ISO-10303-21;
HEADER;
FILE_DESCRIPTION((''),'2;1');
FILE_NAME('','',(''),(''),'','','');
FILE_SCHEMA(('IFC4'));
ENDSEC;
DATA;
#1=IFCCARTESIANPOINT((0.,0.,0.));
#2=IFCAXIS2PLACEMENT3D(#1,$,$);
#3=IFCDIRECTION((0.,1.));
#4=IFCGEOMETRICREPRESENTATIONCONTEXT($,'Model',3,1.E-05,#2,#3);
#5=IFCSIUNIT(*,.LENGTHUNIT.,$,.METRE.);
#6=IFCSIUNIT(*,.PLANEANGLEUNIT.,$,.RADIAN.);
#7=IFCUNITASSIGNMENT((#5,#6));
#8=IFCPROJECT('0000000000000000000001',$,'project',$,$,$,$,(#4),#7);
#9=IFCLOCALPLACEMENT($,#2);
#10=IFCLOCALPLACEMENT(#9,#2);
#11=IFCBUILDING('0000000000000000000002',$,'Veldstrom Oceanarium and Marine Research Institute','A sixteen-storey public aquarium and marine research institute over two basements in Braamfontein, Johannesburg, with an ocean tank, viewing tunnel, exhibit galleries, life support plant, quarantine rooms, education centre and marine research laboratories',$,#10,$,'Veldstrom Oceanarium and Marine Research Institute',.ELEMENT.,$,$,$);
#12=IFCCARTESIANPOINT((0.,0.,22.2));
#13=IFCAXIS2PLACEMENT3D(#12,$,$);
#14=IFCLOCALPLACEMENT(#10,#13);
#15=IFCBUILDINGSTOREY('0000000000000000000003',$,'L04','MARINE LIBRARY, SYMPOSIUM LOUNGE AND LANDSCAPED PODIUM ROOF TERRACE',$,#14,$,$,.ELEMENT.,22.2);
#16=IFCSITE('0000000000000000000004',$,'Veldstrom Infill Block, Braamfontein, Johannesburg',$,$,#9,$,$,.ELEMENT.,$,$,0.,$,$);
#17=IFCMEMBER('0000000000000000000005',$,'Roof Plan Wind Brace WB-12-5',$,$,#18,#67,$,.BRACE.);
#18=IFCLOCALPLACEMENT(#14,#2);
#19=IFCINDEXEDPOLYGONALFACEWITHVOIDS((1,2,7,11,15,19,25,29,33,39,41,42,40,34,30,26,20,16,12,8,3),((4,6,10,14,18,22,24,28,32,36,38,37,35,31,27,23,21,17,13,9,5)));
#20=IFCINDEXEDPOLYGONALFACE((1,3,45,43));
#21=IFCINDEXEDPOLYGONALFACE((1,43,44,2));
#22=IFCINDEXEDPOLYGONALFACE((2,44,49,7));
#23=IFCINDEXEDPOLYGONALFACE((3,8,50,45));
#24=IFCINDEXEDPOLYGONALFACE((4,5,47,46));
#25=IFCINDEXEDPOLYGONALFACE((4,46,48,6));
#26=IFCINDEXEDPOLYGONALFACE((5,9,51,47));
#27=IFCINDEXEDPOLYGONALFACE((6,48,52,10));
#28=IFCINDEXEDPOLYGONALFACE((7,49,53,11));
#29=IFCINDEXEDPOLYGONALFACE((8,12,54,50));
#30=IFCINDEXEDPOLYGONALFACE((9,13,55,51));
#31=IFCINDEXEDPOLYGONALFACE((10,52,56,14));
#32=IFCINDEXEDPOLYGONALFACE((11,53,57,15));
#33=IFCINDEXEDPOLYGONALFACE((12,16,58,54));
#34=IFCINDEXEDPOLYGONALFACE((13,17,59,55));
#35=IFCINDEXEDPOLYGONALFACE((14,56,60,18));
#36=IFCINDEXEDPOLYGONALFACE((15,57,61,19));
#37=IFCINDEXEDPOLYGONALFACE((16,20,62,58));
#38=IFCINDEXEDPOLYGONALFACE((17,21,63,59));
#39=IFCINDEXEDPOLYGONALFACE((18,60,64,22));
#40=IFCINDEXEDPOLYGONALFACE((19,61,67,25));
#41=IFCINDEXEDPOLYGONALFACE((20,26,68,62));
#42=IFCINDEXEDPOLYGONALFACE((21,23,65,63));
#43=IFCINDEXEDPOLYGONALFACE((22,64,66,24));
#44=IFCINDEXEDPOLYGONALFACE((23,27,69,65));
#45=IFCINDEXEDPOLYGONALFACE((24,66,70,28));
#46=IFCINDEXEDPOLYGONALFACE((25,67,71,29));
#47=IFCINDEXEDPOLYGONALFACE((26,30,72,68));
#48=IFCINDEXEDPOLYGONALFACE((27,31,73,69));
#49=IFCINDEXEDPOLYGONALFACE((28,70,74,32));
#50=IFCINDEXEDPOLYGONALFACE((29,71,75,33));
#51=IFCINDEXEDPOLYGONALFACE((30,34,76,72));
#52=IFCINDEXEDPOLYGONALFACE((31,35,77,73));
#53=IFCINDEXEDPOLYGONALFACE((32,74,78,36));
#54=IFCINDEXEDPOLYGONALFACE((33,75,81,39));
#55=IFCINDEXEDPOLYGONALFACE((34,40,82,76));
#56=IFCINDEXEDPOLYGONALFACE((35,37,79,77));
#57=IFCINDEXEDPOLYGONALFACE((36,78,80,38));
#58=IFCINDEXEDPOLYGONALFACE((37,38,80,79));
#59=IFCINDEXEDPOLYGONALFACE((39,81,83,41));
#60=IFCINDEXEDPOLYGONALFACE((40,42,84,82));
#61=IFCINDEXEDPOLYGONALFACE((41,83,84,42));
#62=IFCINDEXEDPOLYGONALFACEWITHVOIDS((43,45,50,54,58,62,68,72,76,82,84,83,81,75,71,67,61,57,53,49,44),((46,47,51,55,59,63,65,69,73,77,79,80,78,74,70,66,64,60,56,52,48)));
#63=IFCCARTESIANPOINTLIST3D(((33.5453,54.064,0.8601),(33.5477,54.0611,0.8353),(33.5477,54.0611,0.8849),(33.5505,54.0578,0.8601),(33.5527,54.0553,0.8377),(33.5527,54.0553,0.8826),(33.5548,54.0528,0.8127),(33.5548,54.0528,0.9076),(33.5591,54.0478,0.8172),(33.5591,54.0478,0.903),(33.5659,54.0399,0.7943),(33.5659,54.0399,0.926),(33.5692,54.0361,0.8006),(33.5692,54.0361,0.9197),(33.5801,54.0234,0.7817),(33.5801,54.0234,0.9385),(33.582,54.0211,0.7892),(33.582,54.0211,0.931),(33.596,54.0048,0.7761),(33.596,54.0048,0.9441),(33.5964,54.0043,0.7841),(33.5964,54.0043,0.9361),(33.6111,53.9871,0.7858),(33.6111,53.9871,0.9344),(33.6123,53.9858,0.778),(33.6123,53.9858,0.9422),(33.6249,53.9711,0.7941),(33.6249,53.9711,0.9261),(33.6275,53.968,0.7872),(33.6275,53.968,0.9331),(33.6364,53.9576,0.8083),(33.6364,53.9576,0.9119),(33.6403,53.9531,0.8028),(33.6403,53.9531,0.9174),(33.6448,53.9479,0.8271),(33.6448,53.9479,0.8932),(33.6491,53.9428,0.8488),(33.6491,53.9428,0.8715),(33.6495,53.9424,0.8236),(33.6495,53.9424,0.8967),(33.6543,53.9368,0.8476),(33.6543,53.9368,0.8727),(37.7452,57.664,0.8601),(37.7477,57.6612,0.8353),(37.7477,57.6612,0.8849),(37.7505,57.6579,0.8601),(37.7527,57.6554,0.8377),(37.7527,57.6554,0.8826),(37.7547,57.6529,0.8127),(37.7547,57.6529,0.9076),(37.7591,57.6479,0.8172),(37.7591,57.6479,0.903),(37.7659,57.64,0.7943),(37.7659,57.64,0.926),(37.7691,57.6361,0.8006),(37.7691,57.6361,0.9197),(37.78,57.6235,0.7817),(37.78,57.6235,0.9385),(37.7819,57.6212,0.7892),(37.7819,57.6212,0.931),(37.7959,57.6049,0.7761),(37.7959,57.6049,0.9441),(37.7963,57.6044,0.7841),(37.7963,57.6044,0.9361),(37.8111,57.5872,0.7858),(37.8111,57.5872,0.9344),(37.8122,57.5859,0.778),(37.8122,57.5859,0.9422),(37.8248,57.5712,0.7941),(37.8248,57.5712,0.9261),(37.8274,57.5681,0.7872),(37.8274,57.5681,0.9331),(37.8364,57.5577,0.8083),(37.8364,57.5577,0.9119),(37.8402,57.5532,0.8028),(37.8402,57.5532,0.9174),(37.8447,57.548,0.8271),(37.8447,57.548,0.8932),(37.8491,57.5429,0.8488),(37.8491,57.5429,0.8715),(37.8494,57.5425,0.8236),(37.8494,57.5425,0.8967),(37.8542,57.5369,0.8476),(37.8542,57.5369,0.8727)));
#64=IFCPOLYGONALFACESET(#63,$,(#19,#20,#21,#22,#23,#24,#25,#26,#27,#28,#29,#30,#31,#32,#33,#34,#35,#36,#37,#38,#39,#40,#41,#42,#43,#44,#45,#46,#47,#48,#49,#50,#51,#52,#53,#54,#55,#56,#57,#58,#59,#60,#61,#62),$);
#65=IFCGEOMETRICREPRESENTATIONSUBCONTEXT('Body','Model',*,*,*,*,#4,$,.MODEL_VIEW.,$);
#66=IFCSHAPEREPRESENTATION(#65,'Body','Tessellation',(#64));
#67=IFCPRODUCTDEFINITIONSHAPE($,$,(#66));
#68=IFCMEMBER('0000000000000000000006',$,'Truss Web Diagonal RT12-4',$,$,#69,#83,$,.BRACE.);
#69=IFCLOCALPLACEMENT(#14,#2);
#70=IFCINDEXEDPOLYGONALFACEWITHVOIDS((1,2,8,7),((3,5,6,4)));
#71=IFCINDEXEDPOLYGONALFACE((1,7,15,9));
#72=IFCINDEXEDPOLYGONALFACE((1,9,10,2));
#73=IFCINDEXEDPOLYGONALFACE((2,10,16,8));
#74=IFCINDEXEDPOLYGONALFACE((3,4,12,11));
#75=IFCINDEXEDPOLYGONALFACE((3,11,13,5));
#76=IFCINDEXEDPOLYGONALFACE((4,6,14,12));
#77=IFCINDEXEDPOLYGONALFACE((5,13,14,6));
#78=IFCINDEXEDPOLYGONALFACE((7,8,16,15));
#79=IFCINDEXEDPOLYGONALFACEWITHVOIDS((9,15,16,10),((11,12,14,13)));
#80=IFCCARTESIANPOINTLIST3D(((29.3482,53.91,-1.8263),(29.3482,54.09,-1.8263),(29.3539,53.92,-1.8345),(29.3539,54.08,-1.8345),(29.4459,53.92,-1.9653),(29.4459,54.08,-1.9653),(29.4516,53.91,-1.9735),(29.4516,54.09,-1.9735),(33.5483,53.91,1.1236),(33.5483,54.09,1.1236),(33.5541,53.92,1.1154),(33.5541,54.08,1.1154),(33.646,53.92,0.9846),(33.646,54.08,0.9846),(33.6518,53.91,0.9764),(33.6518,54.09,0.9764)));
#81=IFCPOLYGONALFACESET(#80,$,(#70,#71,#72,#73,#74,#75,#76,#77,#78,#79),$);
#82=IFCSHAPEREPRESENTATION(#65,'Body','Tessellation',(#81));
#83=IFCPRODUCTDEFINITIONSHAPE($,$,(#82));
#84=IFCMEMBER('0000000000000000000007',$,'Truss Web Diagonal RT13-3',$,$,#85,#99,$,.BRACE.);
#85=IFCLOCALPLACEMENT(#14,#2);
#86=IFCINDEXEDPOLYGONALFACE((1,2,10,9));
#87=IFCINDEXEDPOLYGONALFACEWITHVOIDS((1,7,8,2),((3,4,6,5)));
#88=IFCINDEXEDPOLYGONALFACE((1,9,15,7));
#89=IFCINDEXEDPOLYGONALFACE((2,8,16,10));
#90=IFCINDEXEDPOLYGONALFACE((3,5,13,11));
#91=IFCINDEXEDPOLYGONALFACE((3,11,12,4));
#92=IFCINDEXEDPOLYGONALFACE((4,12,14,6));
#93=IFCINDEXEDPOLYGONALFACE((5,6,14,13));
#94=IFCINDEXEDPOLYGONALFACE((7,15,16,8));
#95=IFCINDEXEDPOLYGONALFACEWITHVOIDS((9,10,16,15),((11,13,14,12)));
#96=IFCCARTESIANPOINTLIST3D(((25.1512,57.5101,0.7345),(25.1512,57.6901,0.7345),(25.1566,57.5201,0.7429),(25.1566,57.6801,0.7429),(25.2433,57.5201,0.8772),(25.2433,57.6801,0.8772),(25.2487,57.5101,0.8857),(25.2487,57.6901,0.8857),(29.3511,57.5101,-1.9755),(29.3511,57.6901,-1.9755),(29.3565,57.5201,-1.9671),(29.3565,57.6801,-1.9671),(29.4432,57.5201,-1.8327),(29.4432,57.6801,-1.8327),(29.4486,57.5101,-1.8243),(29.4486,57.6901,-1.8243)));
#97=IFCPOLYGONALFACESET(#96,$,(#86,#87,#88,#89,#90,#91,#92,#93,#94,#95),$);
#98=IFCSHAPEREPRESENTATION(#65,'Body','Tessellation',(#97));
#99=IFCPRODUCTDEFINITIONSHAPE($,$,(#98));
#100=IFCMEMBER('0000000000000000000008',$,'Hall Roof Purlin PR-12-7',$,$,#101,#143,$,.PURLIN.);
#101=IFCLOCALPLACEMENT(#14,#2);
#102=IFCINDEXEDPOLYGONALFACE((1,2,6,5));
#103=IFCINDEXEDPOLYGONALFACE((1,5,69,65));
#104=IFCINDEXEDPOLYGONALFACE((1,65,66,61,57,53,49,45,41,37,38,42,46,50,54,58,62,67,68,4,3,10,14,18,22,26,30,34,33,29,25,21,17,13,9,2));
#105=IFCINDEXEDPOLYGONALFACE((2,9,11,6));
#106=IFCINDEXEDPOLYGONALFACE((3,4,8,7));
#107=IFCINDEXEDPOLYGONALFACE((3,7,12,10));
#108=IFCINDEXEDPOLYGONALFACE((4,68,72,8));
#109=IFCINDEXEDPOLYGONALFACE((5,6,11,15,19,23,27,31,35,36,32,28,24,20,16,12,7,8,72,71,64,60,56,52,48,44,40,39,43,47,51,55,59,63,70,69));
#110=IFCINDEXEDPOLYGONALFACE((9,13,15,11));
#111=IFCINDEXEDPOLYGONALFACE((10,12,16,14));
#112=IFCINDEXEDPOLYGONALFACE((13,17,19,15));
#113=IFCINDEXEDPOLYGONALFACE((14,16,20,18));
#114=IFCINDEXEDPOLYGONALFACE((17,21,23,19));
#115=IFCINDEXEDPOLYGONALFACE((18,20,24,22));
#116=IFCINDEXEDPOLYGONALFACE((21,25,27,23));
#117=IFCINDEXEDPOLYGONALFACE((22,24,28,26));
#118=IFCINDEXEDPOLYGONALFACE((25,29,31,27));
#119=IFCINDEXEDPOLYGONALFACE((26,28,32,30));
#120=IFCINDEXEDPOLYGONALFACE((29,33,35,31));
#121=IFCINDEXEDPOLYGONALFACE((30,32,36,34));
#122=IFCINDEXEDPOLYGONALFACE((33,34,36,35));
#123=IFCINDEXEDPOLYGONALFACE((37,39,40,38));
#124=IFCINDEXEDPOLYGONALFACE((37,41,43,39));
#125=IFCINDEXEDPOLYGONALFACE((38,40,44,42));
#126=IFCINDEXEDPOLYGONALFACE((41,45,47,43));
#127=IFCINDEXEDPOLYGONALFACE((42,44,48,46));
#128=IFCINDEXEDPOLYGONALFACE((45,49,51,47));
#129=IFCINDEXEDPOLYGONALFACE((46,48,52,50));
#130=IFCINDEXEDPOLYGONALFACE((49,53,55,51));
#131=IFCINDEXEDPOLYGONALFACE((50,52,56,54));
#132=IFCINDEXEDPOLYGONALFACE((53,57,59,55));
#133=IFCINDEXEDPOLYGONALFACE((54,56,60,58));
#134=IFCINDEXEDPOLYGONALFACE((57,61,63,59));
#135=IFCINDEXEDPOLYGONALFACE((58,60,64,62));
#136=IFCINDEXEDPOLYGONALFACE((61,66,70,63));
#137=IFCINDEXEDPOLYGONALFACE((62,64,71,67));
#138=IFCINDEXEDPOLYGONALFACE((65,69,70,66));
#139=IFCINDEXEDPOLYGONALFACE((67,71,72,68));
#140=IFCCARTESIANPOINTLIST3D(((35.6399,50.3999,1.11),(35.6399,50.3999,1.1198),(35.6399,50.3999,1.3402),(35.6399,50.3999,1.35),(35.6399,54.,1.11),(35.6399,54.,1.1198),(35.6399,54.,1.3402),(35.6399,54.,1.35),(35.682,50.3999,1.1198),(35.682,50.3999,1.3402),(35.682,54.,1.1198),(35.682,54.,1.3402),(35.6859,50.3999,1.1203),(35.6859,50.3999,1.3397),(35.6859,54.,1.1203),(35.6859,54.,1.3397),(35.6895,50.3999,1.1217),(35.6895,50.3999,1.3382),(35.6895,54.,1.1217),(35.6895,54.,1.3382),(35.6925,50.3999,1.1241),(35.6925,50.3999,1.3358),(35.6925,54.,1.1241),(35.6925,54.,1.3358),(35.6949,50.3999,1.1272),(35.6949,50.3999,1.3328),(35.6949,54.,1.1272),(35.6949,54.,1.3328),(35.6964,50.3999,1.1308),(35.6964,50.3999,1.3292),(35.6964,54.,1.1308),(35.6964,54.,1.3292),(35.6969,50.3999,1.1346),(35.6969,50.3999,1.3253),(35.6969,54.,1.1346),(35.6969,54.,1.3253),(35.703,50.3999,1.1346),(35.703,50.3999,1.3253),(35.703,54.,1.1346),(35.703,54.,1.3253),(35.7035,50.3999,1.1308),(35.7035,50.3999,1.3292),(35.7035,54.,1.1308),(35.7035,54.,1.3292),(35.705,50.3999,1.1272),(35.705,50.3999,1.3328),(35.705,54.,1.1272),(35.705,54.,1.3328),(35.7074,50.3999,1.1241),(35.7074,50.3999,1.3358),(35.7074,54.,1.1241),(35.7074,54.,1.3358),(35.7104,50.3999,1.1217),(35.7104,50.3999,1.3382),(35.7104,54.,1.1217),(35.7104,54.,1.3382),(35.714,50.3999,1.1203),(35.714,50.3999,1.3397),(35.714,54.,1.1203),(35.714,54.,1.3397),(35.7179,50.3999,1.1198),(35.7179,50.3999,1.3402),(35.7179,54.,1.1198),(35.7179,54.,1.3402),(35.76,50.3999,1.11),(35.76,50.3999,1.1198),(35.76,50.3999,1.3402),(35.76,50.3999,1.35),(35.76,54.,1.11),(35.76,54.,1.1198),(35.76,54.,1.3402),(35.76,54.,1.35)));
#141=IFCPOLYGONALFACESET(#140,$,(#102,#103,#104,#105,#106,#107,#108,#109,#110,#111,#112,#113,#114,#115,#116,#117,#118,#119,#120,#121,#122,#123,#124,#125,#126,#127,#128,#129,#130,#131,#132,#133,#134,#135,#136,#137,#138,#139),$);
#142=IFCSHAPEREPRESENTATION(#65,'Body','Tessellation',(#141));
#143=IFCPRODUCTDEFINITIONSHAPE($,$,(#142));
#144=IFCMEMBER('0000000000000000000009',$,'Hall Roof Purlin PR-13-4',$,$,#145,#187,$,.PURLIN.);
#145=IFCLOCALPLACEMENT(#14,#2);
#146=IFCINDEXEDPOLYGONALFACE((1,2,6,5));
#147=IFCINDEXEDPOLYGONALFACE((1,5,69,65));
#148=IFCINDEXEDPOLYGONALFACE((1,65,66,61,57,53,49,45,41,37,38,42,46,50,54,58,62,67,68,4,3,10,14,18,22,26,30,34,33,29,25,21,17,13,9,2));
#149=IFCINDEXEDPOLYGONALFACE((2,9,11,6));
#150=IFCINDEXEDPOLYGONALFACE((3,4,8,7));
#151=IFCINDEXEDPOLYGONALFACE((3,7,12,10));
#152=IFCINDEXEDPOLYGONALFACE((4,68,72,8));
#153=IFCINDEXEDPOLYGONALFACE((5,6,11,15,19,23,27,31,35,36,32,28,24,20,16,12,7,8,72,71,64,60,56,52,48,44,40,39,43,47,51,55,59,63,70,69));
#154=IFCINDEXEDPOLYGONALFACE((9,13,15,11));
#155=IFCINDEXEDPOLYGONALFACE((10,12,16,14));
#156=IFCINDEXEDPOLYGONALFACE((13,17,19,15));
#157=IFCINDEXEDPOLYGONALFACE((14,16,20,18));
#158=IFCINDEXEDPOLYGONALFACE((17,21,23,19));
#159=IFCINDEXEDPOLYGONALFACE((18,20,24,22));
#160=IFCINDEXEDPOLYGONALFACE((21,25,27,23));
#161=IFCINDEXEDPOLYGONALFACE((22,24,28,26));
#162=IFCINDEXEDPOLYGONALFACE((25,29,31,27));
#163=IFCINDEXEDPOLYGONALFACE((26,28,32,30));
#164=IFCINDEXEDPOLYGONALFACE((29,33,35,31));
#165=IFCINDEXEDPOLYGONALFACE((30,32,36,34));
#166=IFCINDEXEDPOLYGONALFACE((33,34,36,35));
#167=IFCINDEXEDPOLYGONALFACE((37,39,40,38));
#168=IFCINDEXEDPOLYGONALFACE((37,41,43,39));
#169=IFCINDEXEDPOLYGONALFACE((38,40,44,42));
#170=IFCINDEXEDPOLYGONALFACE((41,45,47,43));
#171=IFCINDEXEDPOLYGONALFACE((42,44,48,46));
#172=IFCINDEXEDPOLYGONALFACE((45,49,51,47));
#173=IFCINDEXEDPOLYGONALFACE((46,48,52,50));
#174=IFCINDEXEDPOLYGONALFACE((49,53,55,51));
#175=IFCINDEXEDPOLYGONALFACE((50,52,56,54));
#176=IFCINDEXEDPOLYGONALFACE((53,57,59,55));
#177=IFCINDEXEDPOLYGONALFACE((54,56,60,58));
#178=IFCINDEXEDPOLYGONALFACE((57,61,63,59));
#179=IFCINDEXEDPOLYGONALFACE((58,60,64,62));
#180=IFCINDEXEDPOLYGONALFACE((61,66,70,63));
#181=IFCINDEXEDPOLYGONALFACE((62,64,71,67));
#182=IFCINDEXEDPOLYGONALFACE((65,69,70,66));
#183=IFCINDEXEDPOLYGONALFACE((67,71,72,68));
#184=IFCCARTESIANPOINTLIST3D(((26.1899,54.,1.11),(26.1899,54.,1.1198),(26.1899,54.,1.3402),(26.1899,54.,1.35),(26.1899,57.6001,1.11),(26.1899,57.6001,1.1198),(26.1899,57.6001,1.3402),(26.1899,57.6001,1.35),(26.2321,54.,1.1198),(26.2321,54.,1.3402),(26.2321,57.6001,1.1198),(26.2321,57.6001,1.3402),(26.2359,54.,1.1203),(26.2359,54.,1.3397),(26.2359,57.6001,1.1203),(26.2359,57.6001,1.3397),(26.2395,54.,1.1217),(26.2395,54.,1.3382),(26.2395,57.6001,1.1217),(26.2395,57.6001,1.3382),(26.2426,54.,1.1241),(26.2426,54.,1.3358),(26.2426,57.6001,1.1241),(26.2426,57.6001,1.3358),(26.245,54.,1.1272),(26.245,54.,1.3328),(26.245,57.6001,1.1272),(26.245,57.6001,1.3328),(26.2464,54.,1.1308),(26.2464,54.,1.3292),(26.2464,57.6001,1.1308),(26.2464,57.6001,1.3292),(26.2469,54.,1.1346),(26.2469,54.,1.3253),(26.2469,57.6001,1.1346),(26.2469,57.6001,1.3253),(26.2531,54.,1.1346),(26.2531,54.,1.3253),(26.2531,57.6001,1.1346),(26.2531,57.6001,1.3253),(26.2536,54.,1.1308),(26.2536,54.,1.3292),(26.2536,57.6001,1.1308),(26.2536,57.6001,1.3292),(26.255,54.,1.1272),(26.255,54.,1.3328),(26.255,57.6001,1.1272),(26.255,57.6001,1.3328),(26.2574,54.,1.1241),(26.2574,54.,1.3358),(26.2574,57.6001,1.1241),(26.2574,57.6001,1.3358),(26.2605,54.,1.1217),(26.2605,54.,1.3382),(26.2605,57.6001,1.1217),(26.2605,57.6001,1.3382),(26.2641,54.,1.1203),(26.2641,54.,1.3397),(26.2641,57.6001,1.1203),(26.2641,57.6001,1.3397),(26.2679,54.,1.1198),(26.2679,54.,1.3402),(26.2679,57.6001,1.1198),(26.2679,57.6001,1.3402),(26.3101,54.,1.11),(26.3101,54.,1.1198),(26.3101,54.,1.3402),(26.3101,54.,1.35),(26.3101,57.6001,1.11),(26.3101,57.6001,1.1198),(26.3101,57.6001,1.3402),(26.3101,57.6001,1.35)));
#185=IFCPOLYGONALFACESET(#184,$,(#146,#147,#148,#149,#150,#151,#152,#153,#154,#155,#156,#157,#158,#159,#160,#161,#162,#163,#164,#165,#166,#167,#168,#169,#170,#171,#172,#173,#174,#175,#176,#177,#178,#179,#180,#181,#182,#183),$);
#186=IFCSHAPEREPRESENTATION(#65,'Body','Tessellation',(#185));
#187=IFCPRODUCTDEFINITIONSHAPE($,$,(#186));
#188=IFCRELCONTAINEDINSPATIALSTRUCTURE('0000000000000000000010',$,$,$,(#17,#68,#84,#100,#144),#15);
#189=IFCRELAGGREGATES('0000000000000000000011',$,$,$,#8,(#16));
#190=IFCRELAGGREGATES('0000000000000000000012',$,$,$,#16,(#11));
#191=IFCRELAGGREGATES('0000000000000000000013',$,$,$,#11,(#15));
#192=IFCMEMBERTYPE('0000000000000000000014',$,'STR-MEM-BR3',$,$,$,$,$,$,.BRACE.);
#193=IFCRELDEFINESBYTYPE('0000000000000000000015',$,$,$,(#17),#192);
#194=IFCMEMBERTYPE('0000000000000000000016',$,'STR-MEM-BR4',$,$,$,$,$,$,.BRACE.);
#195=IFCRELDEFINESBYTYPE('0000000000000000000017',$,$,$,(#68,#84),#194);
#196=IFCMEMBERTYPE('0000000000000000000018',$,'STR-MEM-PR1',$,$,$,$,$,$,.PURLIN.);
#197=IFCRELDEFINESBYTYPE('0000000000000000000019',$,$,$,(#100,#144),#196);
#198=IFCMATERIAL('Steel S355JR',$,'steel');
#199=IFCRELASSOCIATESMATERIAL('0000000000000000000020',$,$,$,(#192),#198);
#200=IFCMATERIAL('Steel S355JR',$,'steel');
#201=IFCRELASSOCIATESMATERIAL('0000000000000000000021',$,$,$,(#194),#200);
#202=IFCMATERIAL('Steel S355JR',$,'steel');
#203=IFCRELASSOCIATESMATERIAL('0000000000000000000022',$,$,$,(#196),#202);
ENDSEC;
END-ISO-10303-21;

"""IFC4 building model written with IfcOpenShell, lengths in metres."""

from ifc_helpers import new_model, si_unit, direction, frame, origin, origin_2d, place, context, subcontext, project, spatial, hollow_rectangle, hollow_circle, i_section, extrude, material, material_profile, profile_set, type_object, element, save


model = new_model("IFC4")

# Units and contexts
model_context = context("Model", 3, precision=1e-05, world=origin(), true_north=direction((0.0, 1.0)))
body_context = subcontext(model_context, "Body", "Model", "MODEL_VIEW")
ifc_project = project(units=[si_unit("LENGTHUNIT", "METRE"), si_unit("PLANEANGLEUNIT", "RADIAN")], contexts=[model_context])

# Site, building, storey
site_placement = place(None, origin())
site = spatial("IfcSite", under=ifc_project, at=site_placement, Name="Veldstrom Infill Block, Braamfontein, Johannesburg", CompositionType="ELEMENT", RefElevation=0.0)
building_placement = place(site_placement, origin())
building = spatial("IfcBuilding", under=site, at=building_placement, Name="Veldstrom Oceanarium and Marine Research Institute", Description="A sixteen-storey public aquarium and marine research institute over two basements in Braamfontein, Johannesburg, with an ocean tank, viewing tunnel, exhibit galleries, life support plant, quarantine rooms, education centre and marine research laboratories", LongName="Veldstrom Oceanarium and Marine Research Institute", CompositionType="ELEMENT")
storey_placement = place(building_placement, frame((0.0, 0.0, 22.2)))
storey = spatial("IfcBuildingStorey", under=building, at=storey_placement, Name="L04", Description="MARINE LIBRARY, SYMPOSIUM LOUNGE AND LANDSCAPED PODIUM ROOF TERRACE", CompositionType="ELEMENT", Elevation=22.2)

# Members
ifc_material_1 = material(Name="Steel S355JR", Category="steel")
ifc_material_profile_1 = material_profile(ifc_material_1, hollow_circle(Radius=0.0842, WallThickness=0.0081, at=origin_2d()), Name="CHS 168.3x8")
ifc_profile_set_1 = profile_set([ifc_material_profile_1], Name="Steel S355JR")
member_type_1 = type_object("IfcMemberType", Name="STR-MEM-BR3", PredefinedType="BRACE", material=ifc_profile_set_1)
member_1_placement = place(storey_placement, frame((33.6001, 54.0, 0.8601), z_axis=(0.759244, 0.650806, 0.0), x_axis=(-0.650806, 0.759244, 0.0)))
element("IfcMember", 1, at=member_1_placement, inside=storey, type_object=member_type_1, Name="Roof Plan Wind Brace WB-12-5", PredefinedType="BRACE", context=body_context, shape_type="SweptSolid", body=[
    extrude(hollow_circle(Radius=0.0842, WallThickness=0.0081, at=origin_2d()), origin(), (0.0, 0.0, 1.0), 5.5317),
])
ifc_material_2 = material(Name="Steel S355JR", Category="steel")
ifc_material_profile_2 = material_profile(ifc_material_2, hollow_rectangle(XDim=0.1799, YDim=0.1799, WallThickness=0.01, at=origin_2d()), Name="SHS 180x180x10")
ifc_profile_set_2 = profile_set([ifc_material_profile_2], Name="Steel S355JR")
member_type_2 = type_object("IfcMemberType", Name="STR-MEM-BR4", PredefinedType="BRACE", material=ifc_profile_set_2)
member_2_placement = place(storey_placement, frame((29.3999, 54.0, -1.8999), z_axis=(0.818333, 0.0, 0.574745), x_axis=(0.0, 1.0, 0.0)))
element("IfcMember", 2, at=member_2_placement, inside=storey, type_object=member_type_2, Name="Truss Web Diagonal RT12-4", PredefinedType="BRACE", context=body_context, shape_type="SweptSolid", body=[
    extrude(hollow_rectangle(XDim=0.1799, YDim=0.1799, WallThickness=0.01, at=origin_2d()), origin(), (0.0, 0.0, 1.0), 5.1326),
])
member_3_placement = place(storey_placement, frame((25.2, 57.6001, 0.8101), z_axis=(0.840268, 0.0, -0.542171), x_axis=(0.0, 1.0, 0.0)))
element("IfcMember", 3, at=member_3_placement, inside=storey, type_object=member_type_2, Name="Truss Web Diagonal RT13-3", PredefinedType="BRACE", context=body_context, shape_type="SweptSolid", body=[
    extrude(hollow_rectangle(XDim=0.1799, YDim=0.1799, WallThickness=0.01, at=origin_2d()), origin(), (0.0, 0.0, 1.0), 4.9983),
])
ifc_material_3 = material(Name="Steel S355JR", Category="steel")
ifc_material_profile_3 = material_profile(ifc_material_3, i_section(OverallWidth=0.1201, OverallDepth=0.24, WebThickness=0.0061, FlangeThickness=0.0098, FilletRadius=0.0149, at=origin_2d()), Name="IPE 240")
ifc_profile_set_3 = profile_set([ifc_material_profile_3], Name="Steel S355JR")
member_type_3 = type_object("IfcMemberType", Name="STR-MEM-PR1", PredefinedType="PURLIN", material=ifc_profile_set_3)
for number, where, z_axis, x_axis, name in (
    (4, (35.7, 50.3999, 1.23), (0.0, 1.0, 0.0), (-1.0, 0.0, 0.0), "Hall Roof Purlin PR-12-7"),
    (5, (26.25, 54.0, 1.23), (0.0, 1.0, 0.0), (-1.0, 0.0, 0.0), "Hall Roof Purlin PR-13-4"),
):
    element("IfcMember", number, at=place(storey_placement, frame(where, z_axis=z_axis, x_axis=x_axis)), inside=storey, type_object=member_type_3, Name=name, PredefinedType="PURLIN", context=body_context, shape_type="SweptSolid", body=[
        extrude(i_section(OverallWidth=0.1201, OverallDepth=0.24, WebThickness=0.0061, FlangeThickness=0.0098, FilletRadius=0.0149, at=origin_2d()), origin(), (0.0, 0.0, 1.0), 3.6001),
    ])

save(model, "model.ifc")
